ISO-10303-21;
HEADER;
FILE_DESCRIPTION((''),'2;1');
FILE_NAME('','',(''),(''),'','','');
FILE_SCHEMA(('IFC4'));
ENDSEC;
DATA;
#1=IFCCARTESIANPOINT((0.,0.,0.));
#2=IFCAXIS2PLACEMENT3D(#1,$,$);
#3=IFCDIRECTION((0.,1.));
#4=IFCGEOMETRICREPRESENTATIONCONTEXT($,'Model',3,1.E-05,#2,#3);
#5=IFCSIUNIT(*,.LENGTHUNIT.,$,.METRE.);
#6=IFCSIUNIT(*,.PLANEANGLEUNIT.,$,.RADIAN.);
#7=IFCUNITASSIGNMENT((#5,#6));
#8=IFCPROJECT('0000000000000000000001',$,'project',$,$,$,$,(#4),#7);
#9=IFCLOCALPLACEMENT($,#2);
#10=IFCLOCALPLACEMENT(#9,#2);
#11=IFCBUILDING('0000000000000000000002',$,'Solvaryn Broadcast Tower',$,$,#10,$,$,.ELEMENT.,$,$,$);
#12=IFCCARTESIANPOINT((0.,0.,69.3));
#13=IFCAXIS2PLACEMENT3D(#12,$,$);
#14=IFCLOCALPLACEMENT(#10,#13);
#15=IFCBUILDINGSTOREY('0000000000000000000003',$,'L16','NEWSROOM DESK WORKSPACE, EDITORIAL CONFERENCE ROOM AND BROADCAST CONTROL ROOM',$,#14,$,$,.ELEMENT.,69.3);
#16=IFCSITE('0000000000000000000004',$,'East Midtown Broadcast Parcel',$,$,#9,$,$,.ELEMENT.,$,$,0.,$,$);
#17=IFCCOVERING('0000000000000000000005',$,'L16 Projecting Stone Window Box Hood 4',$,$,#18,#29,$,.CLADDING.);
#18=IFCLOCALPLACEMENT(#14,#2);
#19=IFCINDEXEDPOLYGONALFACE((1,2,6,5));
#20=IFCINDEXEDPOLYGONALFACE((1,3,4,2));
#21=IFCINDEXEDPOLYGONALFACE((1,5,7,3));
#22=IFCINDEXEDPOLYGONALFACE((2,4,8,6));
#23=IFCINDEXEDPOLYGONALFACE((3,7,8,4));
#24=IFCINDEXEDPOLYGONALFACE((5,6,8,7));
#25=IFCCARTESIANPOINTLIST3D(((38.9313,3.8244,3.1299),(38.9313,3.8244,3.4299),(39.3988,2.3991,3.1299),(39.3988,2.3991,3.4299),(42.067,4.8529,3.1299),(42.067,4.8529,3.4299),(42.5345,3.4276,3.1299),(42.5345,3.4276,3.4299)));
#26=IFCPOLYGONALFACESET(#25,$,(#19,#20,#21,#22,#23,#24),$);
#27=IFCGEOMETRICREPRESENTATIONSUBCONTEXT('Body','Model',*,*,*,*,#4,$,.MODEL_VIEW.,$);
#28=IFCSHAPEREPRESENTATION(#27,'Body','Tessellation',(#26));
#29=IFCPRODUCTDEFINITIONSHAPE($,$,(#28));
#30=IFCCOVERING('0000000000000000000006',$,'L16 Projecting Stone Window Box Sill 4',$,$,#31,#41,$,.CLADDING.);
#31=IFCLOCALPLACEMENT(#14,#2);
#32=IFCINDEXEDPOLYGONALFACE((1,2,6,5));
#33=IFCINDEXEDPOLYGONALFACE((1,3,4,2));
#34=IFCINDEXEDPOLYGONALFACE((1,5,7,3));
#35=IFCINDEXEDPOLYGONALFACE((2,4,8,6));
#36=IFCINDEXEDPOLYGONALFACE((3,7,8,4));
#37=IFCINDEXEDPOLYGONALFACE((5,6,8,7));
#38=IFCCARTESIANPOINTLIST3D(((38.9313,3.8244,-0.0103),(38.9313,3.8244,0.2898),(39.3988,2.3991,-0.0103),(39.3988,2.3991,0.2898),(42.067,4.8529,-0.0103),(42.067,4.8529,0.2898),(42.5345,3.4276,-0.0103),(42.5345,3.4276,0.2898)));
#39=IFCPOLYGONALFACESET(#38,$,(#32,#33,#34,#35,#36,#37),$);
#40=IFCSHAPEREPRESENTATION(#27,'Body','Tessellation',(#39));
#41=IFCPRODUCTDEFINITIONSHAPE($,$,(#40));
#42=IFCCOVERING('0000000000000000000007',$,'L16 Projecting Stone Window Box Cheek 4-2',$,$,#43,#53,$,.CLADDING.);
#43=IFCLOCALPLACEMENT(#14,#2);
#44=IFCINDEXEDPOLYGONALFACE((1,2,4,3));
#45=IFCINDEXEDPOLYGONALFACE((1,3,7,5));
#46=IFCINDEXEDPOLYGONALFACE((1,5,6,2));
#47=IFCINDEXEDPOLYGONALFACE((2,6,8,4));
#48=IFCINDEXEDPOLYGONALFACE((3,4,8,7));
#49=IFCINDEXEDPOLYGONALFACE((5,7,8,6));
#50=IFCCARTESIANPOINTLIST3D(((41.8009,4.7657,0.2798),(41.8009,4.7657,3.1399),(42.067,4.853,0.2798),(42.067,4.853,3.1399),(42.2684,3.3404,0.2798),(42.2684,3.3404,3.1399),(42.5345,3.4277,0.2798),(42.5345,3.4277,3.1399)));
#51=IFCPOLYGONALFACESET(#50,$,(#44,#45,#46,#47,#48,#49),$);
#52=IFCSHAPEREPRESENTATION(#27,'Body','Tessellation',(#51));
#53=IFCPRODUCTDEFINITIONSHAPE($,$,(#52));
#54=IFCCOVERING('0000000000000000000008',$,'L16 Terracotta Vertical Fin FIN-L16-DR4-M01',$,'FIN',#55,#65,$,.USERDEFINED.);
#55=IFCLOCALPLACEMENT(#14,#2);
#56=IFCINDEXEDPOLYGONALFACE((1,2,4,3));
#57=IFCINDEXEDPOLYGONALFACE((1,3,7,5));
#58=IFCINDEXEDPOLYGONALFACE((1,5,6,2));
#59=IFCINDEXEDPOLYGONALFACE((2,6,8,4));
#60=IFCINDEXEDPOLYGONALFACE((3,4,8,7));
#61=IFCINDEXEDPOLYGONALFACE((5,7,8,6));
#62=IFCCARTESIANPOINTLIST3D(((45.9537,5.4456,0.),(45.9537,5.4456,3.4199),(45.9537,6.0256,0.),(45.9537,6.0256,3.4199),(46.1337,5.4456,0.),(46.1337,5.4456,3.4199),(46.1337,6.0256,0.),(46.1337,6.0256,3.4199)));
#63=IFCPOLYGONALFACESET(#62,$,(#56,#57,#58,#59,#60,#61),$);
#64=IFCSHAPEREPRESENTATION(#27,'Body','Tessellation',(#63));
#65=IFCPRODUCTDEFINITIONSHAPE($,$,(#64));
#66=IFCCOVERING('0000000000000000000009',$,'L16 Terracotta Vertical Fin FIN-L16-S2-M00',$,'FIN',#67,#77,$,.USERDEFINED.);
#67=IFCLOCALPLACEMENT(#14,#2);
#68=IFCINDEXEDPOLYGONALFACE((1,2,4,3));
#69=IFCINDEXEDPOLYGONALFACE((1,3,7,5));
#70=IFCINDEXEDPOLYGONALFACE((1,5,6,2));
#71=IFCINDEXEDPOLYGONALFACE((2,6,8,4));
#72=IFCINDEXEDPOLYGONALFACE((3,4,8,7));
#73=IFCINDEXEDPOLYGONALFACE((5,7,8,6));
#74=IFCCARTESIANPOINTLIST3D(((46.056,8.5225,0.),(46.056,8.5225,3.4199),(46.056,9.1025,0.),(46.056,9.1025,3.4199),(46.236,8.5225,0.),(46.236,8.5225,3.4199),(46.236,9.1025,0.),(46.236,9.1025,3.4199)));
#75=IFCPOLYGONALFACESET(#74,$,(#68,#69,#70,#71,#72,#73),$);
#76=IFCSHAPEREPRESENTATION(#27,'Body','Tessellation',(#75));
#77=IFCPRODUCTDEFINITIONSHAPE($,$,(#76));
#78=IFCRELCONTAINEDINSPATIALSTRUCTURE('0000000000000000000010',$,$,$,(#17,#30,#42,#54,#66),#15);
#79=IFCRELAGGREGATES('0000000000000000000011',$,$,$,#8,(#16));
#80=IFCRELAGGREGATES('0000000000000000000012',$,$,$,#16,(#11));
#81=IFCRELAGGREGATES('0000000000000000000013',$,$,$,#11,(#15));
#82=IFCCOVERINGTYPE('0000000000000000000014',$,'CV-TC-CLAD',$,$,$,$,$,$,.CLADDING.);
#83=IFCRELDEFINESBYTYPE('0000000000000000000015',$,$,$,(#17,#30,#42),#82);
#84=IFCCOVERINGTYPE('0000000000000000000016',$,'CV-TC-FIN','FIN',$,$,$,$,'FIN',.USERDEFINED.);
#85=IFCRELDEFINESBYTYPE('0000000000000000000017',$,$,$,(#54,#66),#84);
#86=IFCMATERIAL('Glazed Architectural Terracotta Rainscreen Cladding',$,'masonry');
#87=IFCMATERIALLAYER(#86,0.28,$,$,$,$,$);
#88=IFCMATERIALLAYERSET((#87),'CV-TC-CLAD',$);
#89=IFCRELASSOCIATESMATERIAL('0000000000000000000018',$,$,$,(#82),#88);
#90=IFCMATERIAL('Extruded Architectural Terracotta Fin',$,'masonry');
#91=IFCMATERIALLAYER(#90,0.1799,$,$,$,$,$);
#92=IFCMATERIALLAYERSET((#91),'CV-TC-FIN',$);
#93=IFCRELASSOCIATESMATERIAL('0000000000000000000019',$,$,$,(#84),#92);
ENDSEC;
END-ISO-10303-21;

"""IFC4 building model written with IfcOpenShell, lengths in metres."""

from ifc_helpers import new_model, si_unit, direction, frame, origin, origin_2d, place, context, subcontext, project, spatial, rectangle, extrude, material, layer, layer_set, type_object, element, save


model = new_model("IFC4")

# Units and contexts
model_context = context("Model", 3, precision=1e-05, world=origin(), true_north=direction((0.0, 1.0)))
body_context = subcontext(model_context, "Body", "Model", "MODEL_VIEW")
ifc_project = project(units=[si_unit("LENGTHUNIT", "METRE"), si_unit("PLANEANGLEUNIT", "RADIAN")], contexts=[model_context])

# Site, building, storey
site_placement = place(None, origin())
site = spatial("IfcSite", under=ifc_project, at=site_placement, Name="East Midtown Broadcast Parcel", CompositionType="ELEMENT", RefElevation=0.0)
building_placement = place(site_placement, origin())
building = spatial("IfcBuilding", under=site, at=building_placement, Name="Solvaryn Broadcast Tower", CompositionType="ELEMENT")
storey_placement = place(building_placement, frame((0.0, 0.0, 69.3)))
storey = spatial("IfcBuildingStorey", under=building, at=storey_placement, Name="L16", Description="NEWSROOM DESK WORKSPACE, EDITORIAL CONFERENCE ROOM AND BROADCAST CONTROL ROOM", CompositionType="ELEMENT", Elevation=69.3)

# Coverings
ifc_material_1 = material(Name="Glazed Architectural Terracotta Rainscreen Cladding", Category="masonry")
ifc_layer_1 = layer(ifc_material_1, 0.28)
ifc_layer_set_1 = layer_set([ifc_layer_1], Name="CV-TC-CLAD")
covering_type_1 = type_object("IfcCoveringType", Name="CV-TC-CLAD", PredefinedType="CLADDING", material=ifc_layer_set_1)
for number, where, z_axis, x_axis, name in (
    (1, (40.7329, 3.626, 3.1299), (0.0, 0.0, 1.0), (0.95019, 0.311672, 0.0), "L16 Projecting Stone Window Box Hood 4"),
    (2, (40.7329, 3.626, -0.0103), (0.0, 0.0, 1.0), (0.95019, 0.311672, 0.0), "L16 Projecting Stone Window Box Sill 4"),
):
    element("IfcCovering", number, at=place(storey_placement, frame(where, z_axis=z_axis, x_axis=x_axis)), inside=storey, type_object=covering_type_1, Name=name, PredefinedType="CLADDING", context=body_context, shape_type="SweptSolid", body=[
        extrude(rectangle(XDim=3.3, YDim=1.5, at=origin_2d()), origin(), (0.0, 0.0, 1.0), 0.3),
    ])
covering_placement = place(storey_placement, frame((42.1677, 4.0967, 0.2798), z_axis=(0.0, 0.0, 1.0), x_axis=(0.95019, 0.311672, 0.0)))
element("IfcCovering", 3, at=covering_placement, inside=storey, type_object=covering_type_1, Name="L16 Projecting Stone Window Box Cheek 4-2", PredefinedType="CLADDING", context=body_context, shape_type="SweptSolid", body=[
    extrude(rectangle(XDim=0.28, YDim=1.5, at=origin_2d()), origin(), (0.0, 0.0, 1.0), 2.8601),
])
ifc_material_2 = material(Name="Extruded Architectural Terracotta Fin", Category="masonry")
ifc_layer_2 = layer(ifc_material_2, 0.1799)
ifc_layer_set_2 = layer_set([ifc_layer_2], Name="CV-TC-FIN")
covering_type_2 = type_object("IfcCoveringType", Name="CV-TC-FIN", Description="FIN", ElementType="FIN", PredefinedType="USERDEFINED", material=ifc_layer_set_2)
for number, where, z_axis, x_axis, name in (
    (4, (46.0437, 5.7356, 0.0), (0.0, 0.0, 1.0), (1.0, 0.0, 0.0), "L16 Terracotta Vertical Fin FIN-L16-DR4-M01"),
    (5, (46.146, 8.8125, 0.0), (0.0, 0.0, 1.0), (1.0, 0.0, 0.0), "L16 Terracotta Vertical Fin FIN-L16-S2-M00"),
):
    element("IfcCovering", number, at=place(storey_placement, frame(where, z_axis=z_axis, x_axis=x_axis)), inside=storey, type_object=covering_type_2, Name=name, ObjectType="FIN", PredefinedType="USERDEFINED", context=body_context, shape_type="SweptSolid", body=[
        extrude(rectangle(XDim=0.1799, YDim=0.5801, at=origin_2d()), origin(), (0.0, 0.0, 1.0), 3.4199),
    ])

save(model, "model.ifc")
